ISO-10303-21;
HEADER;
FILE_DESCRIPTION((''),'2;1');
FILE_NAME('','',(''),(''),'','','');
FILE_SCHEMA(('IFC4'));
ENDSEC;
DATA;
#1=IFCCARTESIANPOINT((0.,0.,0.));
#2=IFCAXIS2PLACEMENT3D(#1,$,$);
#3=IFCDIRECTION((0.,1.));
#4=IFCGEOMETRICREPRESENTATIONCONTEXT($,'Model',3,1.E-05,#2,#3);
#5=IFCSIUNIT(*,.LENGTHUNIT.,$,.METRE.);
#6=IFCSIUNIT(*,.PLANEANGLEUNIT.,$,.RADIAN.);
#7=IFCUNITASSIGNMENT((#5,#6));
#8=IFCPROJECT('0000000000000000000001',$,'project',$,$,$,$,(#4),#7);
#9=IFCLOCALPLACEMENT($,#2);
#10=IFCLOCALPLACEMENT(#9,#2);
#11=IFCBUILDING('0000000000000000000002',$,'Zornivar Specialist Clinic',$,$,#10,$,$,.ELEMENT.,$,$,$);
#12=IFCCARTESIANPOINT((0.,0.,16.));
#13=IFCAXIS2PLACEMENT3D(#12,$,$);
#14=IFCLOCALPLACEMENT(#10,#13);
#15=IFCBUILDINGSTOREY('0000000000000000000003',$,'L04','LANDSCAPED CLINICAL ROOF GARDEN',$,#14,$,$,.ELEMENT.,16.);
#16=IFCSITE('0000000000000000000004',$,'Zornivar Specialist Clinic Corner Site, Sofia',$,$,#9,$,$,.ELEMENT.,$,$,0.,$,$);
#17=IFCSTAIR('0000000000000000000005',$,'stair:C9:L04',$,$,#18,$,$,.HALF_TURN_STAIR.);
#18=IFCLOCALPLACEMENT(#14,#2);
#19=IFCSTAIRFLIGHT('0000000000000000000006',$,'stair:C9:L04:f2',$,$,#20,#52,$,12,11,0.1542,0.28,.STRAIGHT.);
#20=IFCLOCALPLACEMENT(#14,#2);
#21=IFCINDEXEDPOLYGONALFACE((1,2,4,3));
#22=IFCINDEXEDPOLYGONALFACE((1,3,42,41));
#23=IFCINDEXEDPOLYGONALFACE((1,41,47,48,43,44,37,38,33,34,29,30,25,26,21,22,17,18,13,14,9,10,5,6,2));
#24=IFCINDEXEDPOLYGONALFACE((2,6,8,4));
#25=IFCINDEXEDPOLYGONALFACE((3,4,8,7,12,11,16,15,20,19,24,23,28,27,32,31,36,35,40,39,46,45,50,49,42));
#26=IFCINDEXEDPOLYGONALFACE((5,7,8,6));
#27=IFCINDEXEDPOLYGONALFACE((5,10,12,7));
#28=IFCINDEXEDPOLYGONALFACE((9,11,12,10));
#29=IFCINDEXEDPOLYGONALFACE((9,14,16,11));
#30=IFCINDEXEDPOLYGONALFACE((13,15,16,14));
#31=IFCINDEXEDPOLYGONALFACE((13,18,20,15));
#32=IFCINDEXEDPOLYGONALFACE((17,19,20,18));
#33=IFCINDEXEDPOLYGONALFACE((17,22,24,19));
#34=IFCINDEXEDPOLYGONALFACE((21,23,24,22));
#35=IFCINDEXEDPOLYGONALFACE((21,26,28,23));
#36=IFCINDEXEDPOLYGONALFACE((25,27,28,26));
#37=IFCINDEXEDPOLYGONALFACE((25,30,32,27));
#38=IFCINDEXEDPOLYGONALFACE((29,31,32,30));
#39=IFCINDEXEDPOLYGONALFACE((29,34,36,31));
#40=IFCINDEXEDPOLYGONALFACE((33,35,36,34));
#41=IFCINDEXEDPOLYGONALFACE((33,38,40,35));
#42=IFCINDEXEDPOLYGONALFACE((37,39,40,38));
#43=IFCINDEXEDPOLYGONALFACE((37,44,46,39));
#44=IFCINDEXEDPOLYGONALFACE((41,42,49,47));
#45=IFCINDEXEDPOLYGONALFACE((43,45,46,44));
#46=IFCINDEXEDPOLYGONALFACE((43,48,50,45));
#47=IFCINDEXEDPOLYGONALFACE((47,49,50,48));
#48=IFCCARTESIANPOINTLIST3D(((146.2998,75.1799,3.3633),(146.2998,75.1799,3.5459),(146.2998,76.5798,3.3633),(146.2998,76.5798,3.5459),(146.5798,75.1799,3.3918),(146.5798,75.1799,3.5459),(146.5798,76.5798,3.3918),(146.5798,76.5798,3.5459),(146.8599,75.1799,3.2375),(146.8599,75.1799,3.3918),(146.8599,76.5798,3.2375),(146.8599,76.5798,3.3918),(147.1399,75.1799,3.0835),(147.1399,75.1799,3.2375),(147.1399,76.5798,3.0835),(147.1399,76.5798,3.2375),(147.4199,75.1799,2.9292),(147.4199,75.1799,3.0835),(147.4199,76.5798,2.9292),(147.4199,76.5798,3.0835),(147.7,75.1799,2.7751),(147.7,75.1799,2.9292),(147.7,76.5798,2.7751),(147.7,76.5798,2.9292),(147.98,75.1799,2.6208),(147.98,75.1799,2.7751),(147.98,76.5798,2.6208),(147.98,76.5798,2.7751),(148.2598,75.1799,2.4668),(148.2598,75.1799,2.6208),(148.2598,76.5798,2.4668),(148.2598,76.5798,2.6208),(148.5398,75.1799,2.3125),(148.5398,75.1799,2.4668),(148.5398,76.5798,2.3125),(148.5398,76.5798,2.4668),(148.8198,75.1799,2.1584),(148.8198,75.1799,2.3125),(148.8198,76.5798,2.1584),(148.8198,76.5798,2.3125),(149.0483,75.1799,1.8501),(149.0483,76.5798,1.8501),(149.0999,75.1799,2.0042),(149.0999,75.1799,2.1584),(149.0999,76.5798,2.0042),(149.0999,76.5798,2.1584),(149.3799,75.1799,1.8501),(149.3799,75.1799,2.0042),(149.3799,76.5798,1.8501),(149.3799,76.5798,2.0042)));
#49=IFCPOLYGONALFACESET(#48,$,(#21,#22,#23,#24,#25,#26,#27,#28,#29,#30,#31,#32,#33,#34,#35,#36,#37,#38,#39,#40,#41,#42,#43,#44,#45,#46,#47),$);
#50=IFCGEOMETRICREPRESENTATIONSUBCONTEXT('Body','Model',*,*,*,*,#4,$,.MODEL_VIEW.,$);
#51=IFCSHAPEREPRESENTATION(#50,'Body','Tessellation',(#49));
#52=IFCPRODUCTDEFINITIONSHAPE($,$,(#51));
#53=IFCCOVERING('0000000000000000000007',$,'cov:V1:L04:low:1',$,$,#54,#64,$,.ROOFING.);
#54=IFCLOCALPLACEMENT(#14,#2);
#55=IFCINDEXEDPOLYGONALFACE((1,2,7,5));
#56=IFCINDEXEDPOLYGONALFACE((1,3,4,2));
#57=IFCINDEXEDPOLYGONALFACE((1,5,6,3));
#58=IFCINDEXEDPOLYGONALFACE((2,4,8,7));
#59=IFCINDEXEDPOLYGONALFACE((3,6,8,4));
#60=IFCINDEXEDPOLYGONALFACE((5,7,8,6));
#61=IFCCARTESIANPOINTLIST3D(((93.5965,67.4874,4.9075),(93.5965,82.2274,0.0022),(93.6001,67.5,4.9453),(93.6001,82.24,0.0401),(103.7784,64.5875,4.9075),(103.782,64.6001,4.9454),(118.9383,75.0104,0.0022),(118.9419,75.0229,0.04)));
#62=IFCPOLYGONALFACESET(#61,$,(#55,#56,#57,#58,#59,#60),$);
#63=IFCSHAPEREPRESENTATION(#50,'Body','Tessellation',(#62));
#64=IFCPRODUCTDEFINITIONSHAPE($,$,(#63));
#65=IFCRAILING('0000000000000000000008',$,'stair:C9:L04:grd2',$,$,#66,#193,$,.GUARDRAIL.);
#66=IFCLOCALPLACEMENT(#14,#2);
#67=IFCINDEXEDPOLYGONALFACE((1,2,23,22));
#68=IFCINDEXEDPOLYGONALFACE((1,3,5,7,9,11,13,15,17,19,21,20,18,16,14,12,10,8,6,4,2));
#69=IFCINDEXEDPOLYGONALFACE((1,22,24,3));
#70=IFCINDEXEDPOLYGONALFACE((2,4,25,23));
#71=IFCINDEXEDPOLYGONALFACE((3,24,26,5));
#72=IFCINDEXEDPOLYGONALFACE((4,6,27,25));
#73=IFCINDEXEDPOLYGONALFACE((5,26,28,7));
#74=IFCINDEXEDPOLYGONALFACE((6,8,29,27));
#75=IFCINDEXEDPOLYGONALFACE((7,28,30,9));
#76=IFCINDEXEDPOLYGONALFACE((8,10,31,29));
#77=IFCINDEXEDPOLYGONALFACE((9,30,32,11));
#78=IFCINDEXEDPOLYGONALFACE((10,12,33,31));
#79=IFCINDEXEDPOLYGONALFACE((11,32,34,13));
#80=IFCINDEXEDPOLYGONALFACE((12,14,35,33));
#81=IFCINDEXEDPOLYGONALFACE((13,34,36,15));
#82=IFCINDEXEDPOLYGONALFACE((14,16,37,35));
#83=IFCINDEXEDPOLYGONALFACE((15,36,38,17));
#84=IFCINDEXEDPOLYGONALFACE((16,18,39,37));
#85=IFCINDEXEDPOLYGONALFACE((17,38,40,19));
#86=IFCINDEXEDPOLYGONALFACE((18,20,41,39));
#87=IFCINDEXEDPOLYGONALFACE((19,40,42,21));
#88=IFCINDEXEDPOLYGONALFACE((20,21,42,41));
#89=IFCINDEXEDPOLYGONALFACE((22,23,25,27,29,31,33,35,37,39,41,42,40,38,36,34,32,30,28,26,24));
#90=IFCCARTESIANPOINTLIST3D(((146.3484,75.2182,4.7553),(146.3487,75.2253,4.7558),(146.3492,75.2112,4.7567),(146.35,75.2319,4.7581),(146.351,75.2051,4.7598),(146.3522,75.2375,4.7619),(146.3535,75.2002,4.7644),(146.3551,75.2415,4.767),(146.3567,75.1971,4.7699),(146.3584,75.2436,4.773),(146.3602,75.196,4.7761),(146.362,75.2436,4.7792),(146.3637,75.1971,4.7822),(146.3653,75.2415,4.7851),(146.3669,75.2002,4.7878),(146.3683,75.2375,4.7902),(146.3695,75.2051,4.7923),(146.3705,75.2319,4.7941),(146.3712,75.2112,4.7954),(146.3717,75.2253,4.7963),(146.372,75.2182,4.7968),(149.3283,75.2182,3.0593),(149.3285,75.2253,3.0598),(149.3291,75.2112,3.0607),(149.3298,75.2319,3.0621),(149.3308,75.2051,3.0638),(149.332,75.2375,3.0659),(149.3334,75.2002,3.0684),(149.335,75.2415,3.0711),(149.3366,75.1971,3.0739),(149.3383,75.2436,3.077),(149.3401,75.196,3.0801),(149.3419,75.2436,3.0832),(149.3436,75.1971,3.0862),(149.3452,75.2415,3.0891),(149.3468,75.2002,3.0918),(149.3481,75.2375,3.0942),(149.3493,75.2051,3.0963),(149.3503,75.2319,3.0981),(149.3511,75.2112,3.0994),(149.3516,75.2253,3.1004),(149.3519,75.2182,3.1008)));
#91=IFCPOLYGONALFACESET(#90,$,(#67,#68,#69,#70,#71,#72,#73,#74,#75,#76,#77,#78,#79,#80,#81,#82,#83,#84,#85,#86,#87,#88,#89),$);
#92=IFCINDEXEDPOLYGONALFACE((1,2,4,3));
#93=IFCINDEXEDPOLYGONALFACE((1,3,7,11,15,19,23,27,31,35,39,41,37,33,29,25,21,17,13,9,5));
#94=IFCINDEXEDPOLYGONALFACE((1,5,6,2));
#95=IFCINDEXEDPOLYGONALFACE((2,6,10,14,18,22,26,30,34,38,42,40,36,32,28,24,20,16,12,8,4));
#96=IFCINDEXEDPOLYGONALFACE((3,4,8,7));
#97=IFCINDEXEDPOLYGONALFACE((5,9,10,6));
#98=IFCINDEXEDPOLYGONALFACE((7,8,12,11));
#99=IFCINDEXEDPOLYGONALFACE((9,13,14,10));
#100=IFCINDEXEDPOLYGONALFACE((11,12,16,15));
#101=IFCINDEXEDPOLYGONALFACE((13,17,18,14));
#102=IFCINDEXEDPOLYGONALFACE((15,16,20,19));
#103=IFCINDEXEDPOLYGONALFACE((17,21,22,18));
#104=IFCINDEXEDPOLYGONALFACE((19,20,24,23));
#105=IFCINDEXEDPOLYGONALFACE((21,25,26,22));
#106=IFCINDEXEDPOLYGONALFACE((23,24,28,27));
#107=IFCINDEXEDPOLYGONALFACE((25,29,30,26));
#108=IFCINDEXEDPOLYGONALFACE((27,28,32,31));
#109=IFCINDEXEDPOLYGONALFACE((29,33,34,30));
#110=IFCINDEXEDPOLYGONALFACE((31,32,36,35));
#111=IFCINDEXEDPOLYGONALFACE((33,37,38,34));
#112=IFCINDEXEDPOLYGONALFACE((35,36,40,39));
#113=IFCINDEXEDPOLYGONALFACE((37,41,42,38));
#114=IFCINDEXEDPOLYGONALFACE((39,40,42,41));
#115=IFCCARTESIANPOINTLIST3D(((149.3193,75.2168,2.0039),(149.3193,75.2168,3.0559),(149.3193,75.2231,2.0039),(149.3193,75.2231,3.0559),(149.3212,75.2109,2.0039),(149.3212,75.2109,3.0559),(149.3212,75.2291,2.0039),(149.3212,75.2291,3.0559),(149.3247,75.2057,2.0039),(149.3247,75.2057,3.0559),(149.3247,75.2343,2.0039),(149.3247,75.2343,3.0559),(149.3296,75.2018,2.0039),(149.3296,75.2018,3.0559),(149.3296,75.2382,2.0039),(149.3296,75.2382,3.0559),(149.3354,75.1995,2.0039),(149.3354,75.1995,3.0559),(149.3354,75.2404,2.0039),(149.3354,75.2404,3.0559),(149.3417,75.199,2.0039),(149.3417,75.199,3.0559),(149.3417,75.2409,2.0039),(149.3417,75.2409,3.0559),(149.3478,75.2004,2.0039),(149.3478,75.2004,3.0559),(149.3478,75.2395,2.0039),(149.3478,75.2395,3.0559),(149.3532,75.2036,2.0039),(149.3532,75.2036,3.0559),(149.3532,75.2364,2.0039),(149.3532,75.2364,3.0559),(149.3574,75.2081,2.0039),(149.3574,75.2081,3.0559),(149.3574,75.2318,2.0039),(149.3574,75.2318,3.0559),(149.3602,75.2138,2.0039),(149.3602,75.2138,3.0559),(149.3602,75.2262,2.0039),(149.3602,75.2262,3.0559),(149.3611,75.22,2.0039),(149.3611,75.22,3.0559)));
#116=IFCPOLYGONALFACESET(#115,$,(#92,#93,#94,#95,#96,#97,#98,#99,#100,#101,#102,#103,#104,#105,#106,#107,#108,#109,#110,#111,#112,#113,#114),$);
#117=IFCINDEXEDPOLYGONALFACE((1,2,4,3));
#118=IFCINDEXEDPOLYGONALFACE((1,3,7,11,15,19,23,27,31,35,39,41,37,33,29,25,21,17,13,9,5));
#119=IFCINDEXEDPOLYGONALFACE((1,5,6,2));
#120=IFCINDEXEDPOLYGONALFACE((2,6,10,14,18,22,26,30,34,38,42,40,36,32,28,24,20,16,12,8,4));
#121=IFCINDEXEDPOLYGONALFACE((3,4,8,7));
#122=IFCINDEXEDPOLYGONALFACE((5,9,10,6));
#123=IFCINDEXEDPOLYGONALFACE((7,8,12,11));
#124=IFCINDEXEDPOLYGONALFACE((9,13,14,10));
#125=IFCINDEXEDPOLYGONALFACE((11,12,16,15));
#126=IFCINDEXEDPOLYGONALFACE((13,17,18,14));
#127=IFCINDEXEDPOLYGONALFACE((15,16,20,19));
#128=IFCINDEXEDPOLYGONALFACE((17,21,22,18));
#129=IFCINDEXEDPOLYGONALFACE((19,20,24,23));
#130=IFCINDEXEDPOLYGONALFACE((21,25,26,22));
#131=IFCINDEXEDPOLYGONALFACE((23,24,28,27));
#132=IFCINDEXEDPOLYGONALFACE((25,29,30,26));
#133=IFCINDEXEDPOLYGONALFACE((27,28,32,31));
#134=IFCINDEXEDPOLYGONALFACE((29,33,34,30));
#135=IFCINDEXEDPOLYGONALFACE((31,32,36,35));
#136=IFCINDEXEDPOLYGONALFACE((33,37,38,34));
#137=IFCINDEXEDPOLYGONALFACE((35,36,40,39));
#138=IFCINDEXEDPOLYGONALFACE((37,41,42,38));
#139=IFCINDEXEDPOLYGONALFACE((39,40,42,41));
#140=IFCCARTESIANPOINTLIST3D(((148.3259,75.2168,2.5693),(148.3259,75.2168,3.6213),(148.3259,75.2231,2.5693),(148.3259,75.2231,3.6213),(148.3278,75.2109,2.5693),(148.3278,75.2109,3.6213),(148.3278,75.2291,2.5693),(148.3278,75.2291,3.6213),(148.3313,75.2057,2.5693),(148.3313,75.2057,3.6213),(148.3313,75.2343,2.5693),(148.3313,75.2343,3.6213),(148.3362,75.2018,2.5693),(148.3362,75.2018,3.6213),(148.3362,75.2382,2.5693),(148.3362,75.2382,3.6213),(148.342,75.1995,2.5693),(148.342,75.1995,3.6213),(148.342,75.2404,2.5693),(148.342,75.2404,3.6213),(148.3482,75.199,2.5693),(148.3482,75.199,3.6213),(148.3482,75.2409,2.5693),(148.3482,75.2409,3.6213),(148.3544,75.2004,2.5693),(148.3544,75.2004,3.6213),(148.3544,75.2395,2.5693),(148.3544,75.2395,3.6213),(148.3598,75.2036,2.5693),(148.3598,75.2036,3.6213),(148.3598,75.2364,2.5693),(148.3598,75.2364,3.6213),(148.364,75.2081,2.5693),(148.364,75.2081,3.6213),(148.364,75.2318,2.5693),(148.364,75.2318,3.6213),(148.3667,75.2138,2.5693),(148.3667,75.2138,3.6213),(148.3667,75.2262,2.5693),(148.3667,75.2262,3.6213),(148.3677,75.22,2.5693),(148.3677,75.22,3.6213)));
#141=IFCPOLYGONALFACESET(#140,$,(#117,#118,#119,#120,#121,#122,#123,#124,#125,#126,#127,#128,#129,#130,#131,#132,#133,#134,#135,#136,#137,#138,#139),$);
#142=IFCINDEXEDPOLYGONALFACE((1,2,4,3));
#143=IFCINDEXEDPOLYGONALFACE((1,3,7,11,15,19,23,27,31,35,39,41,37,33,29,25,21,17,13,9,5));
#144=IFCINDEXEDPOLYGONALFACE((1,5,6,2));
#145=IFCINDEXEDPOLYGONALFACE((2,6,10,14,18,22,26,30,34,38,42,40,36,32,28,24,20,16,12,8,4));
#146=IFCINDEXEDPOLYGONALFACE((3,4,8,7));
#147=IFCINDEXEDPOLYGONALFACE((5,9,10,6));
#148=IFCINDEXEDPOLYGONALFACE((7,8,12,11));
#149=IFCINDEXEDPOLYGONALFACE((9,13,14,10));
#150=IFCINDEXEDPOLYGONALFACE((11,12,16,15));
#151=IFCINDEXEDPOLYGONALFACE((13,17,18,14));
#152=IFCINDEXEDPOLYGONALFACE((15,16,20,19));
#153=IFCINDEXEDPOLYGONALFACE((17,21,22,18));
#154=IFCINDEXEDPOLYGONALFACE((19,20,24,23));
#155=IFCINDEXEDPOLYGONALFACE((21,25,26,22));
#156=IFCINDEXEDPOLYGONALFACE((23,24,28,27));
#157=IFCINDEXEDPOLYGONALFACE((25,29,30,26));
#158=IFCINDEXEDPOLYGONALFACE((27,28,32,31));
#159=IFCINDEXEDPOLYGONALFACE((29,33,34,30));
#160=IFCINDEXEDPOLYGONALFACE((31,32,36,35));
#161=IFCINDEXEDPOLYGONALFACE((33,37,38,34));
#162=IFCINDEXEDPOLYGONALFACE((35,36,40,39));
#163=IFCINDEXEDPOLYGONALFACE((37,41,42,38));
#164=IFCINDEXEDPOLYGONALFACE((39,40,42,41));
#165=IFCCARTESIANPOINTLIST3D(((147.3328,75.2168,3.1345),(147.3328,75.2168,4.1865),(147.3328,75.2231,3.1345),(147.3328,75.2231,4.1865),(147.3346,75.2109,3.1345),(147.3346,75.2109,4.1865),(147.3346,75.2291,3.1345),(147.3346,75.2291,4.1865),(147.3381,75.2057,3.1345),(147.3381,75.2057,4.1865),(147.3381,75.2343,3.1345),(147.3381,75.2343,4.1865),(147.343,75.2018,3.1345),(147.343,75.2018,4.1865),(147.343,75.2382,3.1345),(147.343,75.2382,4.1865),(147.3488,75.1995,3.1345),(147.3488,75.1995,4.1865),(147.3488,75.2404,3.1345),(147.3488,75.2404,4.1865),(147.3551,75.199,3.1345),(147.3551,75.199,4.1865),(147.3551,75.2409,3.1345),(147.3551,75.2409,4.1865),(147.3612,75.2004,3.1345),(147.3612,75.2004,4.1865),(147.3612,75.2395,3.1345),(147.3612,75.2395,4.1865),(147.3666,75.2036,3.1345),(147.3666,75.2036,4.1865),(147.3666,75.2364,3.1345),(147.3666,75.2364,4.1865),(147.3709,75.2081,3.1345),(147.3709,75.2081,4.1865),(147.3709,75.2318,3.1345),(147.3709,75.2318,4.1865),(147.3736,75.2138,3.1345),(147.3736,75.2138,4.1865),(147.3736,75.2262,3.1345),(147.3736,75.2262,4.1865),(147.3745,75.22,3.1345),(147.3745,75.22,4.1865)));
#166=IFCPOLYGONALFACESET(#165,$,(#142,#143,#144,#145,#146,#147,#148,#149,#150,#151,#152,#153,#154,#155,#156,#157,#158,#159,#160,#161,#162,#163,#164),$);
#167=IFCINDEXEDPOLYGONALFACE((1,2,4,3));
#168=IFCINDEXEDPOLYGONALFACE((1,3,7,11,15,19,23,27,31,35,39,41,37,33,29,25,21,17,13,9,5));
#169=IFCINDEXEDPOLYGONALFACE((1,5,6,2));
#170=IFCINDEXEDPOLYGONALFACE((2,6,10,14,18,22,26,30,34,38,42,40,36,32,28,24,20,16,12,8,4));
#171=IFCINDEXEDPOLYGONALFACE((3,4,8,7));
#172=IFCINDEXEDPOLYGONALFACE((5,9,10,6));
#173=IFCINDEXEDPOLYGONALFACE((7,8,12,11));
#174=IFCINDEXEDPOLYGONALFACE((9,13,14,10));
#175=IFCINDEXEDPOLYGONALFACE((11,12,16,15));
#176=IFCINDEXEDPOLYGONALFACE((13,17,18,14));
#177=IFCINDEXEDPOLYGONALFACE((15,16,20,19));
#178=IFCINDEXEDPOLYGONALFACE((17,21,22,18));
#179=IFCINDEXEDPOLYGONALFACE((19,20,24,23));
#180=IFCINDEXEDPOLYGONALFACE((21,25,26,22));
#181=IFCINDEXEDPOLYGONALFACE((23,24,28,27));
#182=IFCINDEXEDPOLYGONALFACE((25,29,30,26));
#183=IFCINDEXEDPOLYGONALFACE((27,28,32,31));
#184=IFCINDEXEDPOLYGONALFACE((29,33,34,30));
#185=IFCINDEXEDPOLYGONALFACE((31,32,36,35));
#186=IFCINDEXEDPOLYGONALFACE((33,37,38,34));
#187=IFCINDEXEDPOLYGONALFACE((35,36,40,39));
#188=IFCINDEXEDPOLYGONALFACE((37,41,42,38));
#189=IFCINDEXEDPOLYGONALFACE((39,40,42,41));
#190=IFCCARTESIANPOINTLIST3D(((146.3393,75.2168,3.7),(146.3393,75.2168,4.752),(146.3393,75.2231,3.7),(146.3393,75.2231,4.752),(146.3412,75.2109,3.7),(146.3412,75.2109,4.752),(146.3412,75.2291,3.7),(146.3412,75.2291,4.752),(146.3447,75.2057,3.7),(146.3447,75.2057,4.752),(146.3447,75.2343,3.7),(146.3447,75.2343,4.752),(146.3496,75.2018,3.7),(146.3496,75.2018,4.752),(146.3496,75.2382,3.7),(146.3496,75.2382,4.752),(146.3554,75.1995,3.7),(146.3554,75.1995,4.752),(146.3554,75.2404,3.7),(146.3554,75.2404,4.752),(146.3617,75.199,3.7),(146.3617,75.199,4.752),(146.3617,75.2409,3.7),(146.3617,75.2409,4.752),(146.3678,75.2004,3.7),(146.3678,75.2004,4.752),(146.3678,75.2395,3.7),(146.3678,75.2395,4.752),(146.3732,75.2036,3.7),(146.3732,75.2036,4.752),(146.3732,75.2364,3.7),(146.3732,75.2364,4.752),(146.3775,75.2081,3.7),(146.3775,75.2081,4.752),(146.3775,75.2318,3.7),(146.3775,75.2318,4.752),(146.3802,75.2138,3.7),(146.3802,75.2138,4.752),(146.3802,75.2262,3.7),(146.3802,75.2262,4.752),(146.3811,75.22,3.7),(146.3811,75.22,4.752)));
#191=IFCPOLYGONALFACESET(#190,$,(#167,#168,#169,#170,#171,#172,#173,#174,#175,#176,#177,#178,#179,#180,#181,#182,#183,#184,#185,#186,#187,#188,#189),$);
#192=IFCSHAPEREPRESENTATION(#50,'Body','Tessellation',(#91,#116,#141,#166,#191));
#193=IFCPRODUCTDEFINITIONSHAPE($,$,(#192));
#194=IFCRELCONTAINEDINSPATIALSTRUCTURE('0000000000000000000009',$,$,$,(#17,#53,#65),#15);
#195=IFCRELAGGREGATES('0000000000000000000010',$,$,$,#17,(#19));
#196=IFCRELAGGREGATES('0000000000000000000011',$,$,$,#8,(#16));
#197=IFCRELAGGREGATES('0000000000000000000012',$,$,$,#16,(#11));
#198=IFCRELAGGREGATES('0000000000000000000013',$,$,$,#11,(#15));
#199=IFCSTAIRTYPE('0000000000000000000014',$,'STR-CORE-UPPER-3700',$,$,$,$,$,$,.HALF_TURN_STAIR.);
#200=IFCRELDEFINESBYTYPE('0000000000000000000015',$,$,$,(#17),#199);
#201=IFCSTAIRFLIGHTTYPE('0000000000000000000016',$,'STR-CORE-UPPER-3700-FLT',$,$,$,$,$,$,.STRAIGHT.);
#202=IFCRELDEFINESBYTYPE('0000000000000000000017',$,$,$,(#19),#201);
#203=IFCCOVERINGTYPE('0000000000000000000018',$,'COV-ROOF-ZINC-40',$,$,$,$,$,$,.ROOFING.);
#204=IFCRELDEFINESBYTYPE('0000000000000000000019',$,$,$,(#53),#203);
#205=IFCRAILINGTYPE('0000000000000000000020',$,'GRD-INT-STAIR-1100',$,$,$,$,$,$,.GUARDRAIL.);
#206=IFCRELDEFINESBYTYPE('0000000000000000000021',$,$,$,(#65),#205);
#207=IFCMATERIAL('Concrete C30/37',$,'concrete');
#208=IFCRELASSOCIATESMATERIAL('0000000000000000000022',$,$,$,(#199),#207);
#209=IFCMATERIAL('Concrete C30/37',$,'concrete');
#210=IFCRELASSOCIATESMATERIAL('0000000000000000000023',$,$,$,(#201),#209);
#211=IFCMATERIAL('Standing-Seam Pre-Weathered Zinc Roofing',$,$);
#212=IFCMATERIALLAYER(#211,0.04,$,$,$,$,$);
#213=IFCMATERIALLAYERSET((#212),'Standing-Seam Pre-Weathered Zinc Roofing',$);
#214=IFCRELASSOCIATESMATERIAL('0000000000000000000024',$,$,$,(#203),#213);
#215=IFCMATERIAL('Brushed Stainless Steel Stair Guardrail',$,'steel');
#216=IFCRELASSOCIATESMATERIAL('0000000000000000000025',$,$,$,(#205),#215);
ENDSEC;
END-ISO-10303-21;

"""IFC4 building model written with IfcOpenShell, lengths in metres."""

from ifc_helpers import new_model, si_unit, direction, frame, origin, origin_2d, place, context, subcontext, project, spatial, polyline, circle, outline, extrude, material, layer, layer_set, type_object, element, aggregate, save


model = new_model("IFC4")

# Units and contexts
model_context = context("Model", 3, precision=1e-05, world=origin(), true_north=direction((0.0, 1.0)))
body_context = subcontext(model_context, "Body", "Model", "MODEL_VIEW")
ifc_project = project(units=[si_unit("LENGTHUNIT", "METRE"), si_unit("PLANEANGLEUNIT", "RADIAN")], contexts=[model_context])

# Site, building, storey
site_placement = place(None, origin())
site = spatial("IfcSite", under=ifc_project, at=site_placement, Name="Zornivar Specialist Clinic Corner Site, Sofia", CompositionType="ELEMENT", RefElevation=0.0)
building_placement = place(site_placement, origin())
building = spatial("IfcBuilding", under=site, at=building_placement, Name="Zornivar Specialist Clinic", CompositionType="ELEMENT")
storey_placement = place(building_placement, frame((0.0, 0.0, 16.0)))
storey = spatial("IfcBuildingStorey", under=building, at=storey_placement, Name="L04", Description="LANDSCAPED CLINICAL ROOF GARDEN", CompositionType="ELEMENT", Elevation=16.0)

# Stair, stair flight
ifc_material_1 = material(Name="Concrete C30/37", Category="concrete")
stair_type = type_object("IfcStairType", Name="STR-CORE-UPPER-3700", PredefinedType="HALF_TURN_STAIR", material=ifc_material_1)
stair_placement = place(storey_placement, origin())
stair = element("IfcStair", 1, at=stair_placement, inside=storey, type_object=stair_type, Name="stair:C9:L04", PredefinedType="HALF_TURN_STAIR")
ifc_material_2 = material(Name="Concrete C30/37", Category="concrete")
stair_flight_type = type_object("IfcStairFlightType", Name="STR-CORE-UPPER-3700-FLT", PredefinedType="STRAIGHT", material=ifc_material_2)
stair_flight_placement = place(storey_placement, frame((149.3799, 75.8799, 1.8501), z_axis=(0.0, 0.0, 1.0), x_axis=(-1.0, 0.0, 0.0)))
stair_flight = element("IfcStairFlight", 2, at=stair_flight_placement, type_object=stair_flight_type, Name="stair:C9:L04:f2", NumberOfRisers=12, NumberOfTreads=11, PredefinedType="STRAIGHT", RiserHeight=0.1542, TreadLength=0.28, context=body_context, shape_type="SweptSolid", body=[
    extrude(outline(polyline([(0.0, 0.0), (0.0, 0.1541), (0.28, 0.1541), (0.28, 0.3083), (0.5601, 0.3083), (0.5601, 0.4624), (0.8401, 0.4624), (0.8401, 0.6167), (1.1201, 0.6167), (1.1201, 0.7708), (1.3999, 0.7708), (1.3999, 0.925), (1.6799, 0.925), (1.6799, 1.0791), (1.96, 1.0791), (1.96, 1.2334), (2.24, 1.2334), (2.24, 1.3875), (2.52, 1.3875), (2.52, 1.5417), (2.8, 1.5417), (2.8, 1.6958), (3.0801, 1.6958), (3.0801, 1.8501), (3.0801, 1.5132), (0.3315, 0.0), (0.0, 0.0)])), frame((0.0, 0.7, 0.0), z_axis=(0.0, -1.0, 0.0), x_axis=(1.0, 0.0, 0.0)), (0.0, 0.0, 1.0), 1.3999),
])
aggregate(stair, [stair_flight])

# Covering
ifc_material_3 = material(Name="Standing-Seam Pre-Weathered Zinc Roofing")
ifc_layer_1 = layer(ifc_material_3, 0.04)
ifc_layer_set_1 = layer_set([ifc_layer_1], Name="Standing-Seam Pre-Weathered Zinc Roofing")
covering_type = type_object("IfcCoveringType", Name="COV-ROOF-ZINC-40", PredefinedType="ROOFING", material=ifc_layer_set_1)
covering_placement = place(storey_placement, frame((118.9419, 75.0229, 0.04), z_axis=(0.089565, 0.314489, 0.945026), x_axis=(-0.961759, 0.273898, 0.000002)))
element("IfcCovering", 3, at=covering_placement, inside=storey, type_object=covering_type, Name="cov:V1:L04:low:1", PredefinedType="ROOFING", context=body_context, shape_type="SweptSolid", body=[
    extrude(outline(polyline([(0.0, 0.0), (26.3494, 0.0), (22.3122, 15.001), (11.7254, 15.0012), (0.0, 0.0)])), origin(), (0.0, 0.0, -1.0), 0.04),
])

# Railing
ifc_material_4 = material(Name="Brushed Stainless Steel Stair Guardrail", Category="steel")
railing_type_1 = type_object("IfcRailingType", Name="GRD-INT-STAIR-1100", PredefinedType="GUARDRAIL", material=ifc_material_4)
railing_1_placement = place(storey_placement, frame((149.3401, 75.22, 2.0039)))
element("IfcRailing", 4, at=railing_1_placement, inside=storey, type_object=railing_type_1, Name="stair:C9:L04:grd2", PredefinedType="GUARDRAIL", context=body_context, shape_type="SweptSolid", body=[
    extrude(circle(Radius=0.0239, at=origin_2d()), frame((0.0, 0.0, 1.0762), z_axis=(-0.869096, 0.0, 0.494643), x_axis=(0.0, -1.0, 0.0)), (0.0, 0.0, 1.0), 3.4287),
    extrude(circle(Radius=0.021, at=origin_2d()), origin(), (0.0, 0.0, 1.0), 1.052),
    extrude(circle(Radius=0.021, at=origin_2d()), frame((-0.9934, 0.0, 0.5654)), (0.0, 0.0, 1.0), 1.052),
    extrude(circle(Radius=0.021, at=origin_2d()), frame((-1.9866, 0.0, 1.1306)), (0.0, 0.0, 1.0), 1.052),
    extrude(circle(Radius=0.021, at=origin_2d()), frame((-2.98, 0.0, 1.696)), (0.0, 0.0, 1.0), 1.052),
])

save(model, "model.ifc")
